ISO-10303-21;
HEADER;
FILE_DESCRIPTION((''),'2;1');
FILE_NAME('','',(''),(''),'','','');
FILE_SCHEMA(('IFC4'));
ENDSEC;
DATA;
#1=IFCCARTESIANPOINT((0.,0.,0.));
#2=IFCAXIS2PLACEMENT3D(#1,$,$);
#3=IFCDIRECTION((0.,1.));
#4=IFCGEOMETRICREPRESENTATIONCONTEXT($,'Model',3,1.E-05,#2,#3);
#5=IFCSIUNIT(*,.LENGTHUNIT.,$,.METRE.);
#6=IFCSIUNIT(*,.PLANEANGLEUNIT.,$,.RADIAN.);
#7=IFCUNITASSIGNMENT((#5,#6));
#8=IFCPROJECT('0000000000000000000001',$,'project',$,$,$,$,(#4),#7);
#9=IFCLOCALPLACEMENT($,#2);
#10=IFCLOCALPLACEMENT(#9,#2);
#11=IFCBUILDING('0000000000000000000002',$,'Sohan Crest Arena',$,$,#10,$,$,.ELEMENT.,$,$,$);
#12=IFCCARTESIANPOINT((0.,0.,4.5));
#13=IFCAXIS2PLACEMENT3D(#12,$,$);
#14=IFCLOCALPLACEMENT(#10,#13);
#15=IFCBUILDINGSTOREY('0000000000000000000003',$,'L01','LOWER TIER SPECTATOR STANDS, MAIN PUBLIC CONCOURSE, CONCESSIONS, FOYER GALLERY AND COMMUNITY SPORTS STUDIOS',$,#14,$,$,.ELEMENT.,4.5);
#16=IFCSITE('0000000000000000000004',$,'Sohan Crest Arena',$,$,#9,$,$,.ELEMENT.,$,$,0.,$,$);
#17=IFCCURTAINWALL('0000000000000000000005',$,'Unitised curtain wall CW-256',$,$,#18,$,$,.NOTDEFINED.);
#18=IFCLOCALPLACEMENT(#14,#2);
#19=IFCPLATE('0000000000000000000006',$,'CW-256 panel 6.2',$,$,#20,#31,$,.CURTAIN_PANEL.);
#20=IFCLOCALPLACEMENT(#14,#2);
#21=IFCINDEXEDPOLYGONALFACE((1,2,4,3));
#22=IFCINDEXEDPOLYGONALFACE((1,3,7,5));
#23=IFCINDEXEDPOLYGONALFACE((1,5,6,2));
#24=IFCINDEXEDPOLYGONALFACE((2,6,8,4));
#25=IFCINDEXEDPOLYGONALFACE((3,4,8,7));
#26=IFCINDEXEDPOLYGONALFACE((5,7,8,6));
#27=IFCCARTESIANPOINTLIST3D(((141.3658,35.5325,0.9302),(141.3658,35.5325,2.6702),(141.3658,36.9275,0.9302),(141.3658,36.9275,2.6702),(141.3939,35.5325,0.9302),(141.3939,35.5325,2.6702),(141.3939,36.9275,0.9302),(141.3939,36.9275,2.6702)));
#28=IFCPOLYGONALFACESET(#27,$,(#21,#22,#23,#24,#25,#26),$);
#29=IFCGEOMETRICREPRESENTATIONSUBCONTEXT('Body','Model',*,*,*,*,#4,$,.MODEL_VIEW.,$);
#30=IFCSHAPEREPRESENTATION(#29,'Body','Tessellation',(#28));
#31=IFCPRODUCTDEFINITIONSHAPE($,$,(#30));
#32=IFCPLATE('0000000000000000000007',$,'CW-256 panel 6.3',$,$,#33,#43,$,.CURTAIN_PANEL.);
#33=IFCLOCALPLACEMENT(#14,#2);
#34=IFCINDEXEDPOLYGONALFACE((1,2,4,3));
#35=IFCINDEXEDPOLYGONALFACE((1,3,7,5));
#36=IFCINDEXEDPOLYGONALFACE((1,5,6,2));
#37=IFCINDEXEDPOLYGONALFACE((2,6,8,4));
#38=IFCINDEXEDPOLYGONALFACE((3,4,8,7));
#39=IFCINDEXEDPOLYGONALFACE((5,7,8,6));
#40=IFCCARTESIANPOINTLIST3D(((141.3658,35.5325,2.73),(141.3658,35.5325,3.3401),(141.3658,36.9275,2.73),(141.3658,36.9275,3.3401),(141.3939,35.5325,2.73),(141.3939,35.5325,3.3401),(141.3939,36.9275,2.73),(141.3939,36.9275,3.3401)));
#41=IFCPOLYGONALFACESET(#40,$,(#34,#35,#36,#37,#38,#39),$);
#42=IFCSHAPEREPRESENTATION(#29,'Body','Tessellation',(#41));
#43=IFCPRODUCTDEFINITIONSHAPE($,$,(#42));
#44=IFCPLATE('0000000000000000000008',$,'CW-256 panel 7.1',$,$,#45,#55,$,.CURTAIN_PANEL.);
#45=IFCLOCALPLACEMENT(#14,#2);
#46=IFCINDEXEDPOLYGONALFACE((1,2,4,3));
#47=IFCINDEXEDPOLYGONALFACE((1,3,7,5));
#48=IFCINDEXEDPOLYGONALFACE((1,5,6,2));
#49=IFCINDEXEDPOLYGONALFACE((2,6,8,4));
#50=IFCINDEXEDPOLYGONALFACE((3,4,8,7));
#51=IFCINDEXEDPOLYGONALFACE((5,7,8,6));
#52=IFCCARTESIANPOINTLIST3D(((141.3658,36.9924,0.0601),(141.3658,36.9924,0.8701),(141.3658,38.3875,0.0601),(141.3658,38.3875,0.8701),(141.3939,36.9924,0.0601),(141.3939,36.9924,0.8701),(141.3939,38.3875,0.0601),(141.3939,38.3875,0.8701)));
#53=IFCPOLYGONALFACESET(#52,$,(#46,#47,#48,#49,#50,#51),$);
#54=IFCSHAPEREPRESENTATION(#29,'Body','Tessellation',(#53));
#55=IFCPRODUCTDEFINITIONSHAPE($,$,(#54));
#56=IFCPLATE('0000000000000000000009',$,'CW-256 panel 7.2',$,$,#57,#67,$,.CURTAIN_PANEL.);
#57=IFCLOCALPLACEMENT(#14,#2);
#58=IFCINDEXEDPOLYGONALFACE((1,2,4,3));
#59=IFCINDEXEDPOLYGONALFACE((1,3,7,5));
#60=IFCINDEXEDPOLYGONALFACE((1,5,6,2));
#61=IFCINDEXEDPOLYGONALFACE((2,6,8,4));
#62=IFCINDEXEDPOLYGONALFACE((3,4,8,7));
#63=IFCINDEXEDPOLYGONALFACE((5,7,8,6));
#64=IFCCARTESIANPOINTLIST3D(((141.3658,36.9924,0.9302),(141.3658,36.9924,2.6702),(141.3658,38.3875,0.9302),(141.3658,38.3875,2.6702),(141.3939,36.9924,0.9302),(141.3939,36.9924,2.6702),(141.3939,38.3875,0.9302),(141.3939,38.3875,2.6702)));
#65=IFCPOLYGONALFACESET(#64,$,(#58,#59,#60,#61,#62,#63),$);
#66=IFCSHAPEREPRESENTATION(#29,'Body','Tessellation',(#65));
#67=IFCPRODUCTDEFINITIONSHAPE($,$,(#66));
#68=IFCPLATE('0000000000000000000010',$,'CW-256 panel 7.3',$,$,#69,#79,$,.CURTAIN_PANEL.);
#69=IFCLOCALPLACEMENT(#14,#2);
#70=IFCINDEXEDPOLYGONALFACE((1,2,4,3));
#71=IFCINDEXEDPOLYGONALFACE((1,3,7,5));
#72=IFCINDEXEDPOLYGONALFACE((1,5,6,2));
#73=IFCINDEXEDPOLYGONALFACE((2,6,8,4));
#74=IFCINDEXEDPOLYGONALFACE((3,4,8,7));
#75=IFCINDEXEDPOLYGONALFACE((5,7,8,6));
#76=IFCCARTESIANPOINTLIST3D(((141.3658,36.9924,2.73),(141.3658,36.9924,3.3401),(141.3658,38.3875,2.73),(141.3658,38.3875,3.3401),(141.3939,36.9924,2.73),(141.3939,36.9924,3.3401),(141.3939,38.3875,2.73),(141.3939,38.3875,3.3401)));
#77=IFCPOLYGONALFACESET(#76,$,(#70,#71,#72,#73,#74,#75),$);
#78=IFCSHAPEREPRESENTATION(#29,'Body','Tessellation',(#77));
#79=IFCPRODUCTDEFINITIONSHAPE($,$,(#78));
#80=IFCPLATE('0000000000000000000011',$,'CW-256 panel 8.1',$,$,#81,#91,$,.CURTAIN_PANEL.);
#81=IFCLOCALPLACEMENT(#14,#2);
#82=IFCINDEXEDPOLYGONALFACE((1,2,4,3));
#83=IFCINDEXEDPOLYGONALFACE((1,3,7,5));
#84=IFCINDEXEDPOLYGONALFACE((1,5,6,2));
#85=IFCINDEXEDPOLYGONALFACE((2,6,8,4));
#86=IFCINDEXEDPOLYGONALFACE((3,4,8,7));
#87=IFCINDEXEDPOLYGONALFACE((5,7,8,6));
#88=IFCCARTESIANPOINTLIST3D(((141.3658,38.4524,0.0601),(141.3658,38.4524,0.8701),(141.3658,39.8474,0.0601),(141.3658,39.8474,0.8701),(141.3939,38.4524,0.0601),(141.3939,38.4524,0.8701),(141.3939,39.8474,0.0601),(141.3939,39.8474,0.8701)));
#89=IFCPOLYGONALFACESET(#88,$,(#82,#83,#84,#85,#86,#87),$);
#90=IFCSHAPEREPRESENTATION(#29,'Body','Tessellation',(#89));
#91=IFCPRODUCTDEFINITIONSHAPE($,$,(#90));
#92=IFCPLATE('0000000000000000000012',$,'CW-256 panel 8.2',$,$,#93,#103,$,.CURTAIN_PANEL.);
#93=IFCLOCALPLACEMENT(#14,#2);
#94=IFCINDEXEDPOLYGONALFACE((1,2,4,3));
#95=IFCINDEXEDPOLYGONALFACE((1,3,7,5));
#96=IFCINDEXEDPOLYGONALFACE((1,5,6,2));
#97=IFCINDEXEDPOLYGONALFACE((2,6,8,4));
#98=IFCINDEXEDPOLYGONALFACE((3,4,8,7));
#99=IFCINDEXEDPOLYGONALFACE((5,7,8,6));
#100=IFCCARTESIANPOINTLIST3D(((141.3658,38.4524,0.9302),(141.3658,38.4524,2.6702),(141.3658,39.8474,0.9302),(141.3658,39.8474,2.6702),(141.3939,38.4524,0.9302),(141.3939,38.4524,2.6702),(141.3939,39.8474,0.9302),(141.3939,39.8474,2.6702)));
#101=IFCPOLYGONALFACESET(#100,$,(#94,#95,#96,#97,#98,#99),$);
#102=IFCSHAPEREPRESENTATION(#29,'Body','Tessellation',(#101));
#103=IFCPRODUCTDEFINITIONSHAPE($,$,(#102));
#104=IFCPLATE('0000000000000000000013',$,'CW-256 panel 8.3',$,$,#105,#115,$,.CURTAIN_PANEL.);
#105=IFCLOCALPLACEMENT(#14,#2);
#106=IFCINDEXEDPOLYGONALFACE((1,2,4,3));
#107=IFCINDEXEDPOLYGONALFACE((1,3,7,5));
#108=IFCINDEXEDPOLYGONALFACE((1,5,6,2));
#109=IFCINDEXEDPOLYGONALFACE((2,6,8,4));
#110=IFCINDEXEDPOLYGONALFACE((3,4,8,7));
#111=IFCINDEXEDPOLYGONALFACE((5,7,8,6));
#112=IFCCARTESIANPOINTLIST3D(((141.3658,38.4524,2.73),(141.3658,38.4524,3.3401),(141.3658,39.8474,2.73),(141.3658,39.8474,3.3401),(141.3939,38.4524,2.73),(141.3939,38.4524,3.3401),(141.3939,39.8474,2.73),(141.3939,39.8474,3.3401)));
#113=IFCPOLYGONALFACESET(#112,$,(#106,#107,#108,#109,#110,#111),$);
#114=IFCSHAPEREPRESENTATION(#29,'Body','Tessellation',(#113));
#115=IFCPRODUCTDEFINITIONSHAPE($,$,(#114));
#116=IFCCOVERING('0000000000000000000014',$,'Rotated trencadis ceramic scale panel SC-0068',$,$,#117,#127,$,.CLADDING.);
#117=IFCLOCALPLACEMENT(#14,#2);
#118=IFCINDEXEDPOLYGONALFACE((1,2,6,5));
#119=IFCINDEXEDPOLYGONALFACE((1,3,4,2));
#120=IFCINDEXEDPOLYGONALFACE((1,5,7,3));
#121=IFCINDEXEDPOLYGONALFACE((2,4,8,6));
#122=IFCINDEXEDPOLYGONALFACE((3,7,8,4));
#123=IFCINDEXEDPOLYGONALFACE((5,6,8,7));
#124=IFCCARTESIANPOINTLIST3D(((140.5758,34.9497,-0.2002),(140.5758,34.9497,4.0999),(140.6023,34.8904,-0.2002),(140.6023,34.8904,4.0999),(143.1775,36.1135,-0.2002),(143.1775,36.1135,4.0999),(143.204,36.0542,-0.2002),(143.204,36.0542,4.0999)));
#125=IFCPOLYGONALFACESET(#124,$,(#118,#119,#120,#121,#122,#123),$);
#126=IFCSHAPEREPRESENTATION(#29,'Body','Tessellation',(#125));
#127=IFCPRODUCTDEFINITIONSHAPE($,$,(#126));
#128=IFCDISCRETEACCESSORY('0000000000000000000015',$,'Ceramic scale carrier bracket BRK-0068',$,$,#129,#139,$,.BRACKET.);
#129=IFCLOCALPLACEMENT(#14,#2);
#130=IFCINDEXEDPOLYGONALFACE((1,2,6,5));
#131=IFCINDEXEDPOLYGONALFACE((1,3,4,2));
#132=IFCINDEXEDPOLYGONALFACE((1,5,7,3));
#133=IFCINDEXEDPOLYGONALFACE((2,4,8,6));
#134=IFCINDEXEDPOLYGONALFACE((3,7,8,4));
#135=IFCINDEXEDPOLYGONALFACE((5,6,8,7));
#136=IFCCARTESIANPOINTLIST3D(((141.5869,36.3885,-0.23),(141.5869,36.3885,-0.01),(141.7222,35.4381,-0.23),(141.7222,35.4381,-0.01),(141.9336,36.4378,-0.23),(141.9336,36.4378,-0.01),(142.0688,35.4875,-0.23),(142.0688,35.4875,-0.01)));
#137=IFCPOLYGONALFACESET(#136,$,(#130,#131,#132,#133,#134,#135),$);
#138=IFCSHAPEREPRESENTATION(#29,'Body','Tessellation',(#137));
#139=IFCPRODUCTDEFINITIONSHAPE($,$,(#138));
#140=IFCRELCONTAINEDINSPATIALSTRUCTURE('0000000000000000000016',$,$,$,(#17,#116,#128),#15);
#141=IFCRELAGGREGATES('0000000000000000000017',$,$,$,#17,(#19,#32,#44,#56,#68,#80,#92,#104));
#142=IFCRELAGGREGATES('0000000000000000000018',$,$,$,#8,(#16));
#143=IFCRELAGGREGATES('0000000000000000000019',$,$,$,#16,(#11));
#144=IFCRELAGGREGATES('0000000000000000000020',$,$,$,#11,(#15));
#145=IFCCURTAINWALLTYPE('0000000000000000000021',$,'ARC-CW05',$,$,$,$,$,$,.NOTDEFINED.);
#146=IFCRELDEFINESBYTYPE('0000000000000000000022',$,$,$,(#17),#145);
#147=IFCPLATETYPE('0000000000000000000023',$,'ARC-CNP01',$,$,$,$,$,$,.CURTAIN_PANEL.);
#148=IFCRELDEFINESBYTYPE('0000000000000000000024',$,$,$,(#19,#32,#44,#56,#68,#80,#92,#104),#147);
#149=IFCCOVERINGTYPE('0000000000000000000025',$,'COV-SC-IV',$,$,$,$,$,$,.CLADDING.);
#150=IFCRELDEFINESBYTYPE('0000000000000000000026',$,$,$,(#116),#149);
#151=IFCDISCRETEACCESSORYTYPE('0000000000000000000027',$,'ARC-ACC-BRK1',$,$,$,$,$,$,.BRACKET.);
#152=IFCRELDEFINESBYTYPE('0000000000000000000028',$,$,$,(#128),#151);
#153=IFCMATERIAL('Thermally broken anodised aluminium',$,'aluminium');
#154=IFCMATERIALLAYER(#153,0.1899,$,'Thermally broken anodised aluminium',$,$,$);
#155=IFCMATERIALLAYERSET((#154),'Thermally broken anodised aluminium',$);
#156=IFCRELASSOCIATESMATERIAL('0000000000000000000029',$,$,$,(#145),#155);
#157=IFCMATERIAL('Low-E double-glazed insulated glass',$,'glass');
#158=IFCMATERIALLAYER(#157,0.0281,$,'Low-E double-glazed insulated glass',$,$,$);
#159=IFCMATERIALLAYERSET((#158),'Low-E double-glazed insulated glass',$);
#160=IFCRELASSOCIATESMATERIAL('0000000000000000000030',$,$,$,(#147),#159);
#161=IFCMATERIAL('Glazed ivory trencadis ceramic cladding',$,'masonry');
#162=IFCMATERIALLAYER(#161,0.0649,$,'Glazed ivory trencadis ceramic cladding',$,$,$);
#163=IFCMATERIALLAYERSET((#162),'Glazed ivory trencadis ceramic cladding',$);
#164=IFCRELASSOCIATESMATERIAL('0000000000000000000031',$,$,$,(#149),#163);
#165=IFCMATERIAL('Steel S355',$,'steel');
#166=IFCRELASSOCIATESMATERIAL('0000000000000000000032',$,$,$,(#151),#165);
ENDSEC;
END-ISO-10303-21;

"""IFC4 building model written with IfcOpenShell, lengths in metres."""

from ifc_helpers import new_model, si_unit, direction, frame, origin, origin_2d, place, context, subcontext, project, spatial, rectangle, extrude, material, layer, layer_set, type_object, element, aggregate, save


model = new_model("IFC4")

# Units and contexts
model_context = context("Model", 3, precision=1e-05, world=origin(), true_north=direction((0.0, 1.0)))
body_context = subcontext(model_context, "Body", "Model", "MODEL_VIEW")
ifc_project = project(units=[si_unit("LENGTHUNIT", "METRE"), si_unit("PLANEANGLEUNIT", "RADIAN")], contexts=[model_context])

# Site, building, storey
site_placement = place(None, origin())
site = spatial("IfcSite", under=ifc_project, at=site_placement, Name="Sohan Crest Arena", CompositionType="ELEMENT", RefElevation=0.0)
building_placement = place(site_placement, origin())
building = spatial("IfcBuilding", under=site, at=building_placement, Name="Sohan Crest Arena", CompositionType="ELEMENT")
storey_placement = place(building_placement, frame((0.0, 0.0, 4.5)))
storey = spatial("IfcBuildingStorey", under=building, at=storey_placement, Name="L01", Description="LOWER TIER SPECTATOR STANDS, MAIN PUBLIC CONCOURSE, CONCESSIONS, FOYER GALLERY AND COMMUNITY SPORTS STUDIOS", CompositionType="ELEMENT", Elevation=4.5)

# Shared definitions
ifc_material_1 = material(Name="Thermally broken anodised aluminium", Category="aluminium")
ifc_layer_1 = layer(ifc_material_1, 0.1899, Name="Thermally broken anodised aluminium")
ifc_layer_set_1 = layer_set([ifc_layer_1], Name="Thermally broken anodised aluminium")
curtain_wall_type = type_object("IfcCurtainWallType", Name="ARC-CW05", PredefinedType="NOTDEFINED", material=ifc_layer_set_1)

# Curtain wall
curtain_wall_1_placement = place(storey_placement, origin())
curtain_wall_1 = element("IfcCurtainWall", 1, at=curtain_wall_1_placement, inside=storey, type_object=curtain_wall_type, Name="Unitised curtain wall CW-256", PredefinedType="NOTDEFINED")

# Plates
ifc_material_2 = material(Name="Low-E double-glazed insulated glass", Category="glass")
ifc_layer_2 = layer(ifc_material_2, 0.0281, Name="Low-E double-glazed insulated glass")
ifc_layer_set_2 = layer_set([ifc_layer_2], Name="Low-E double-glazed insulated glass")
plate_type = type_object("IfcPlateType", Name="ARC-CNP01", PredefinedType="CURTAIN_PANEL", material=ifc_layer_set_2)
plate_1_placement = place(storey_placement, frame((141.3799, 36.23, 0.9302), z_axis=(0.0, 0.0, 1.0), x_axis=(0.0, 1.0, 0.0)))
plate_1 = element("IfcPlate", 2, at=plate_1_placement, type_object=plate_type, Name="CW-256 panel 6.2", PredefinedType="CURTAIN_PANEL", context=body_context, shape_type="SweptSolid", body=[
    extrude(rectangle(XDim=1.395, YDim=0.0281, at=origin_2d()), origin(), (0.0, 0.0, 1.0), 1.74),
])
plate_2_placement = place(storey_placement, frame((141.3799, 36.23, 2.73), z_axis=(0.0, 0.0, 1.0), x_axis=(0.0, 1.0, 0.0)))
plate_2 = element("IfcPlate", 3, at=plate_2_placement, type_object=plate_type, Name="CW-256 panel 6.3", PredefinedType="CURTAIN_PANEL", context=body_context, shape_type="SweptSolid", body=[
    extrude(rectangle(XDim=1.395, YDim=0.0281, at=origin_2d()), origin(), (0.0, 0.0, 1.0), 0.6101),
])
plate_3_placement = place(storey_placement, frame((141.3799, 37.6899, 0.0601), z_axis=(0.0, 0.0, 1.0), x_axis=(0.0, 1.0, 0.0)))
plate_3 = element("IfcPlate", 4, at=plate_3_placement, type_object=plate_type, Name="CW-256 panel 7.1", PredefinedType="CURTAIN_PANEL", context=body_context, shape_type="SweptSolid", body=[
    extrude(rectangle(XDim=1.395, YDim=0.0281, at=origin_2d()), origin(), (0.0, 0.0, 1.0), 0.8101),
])
plate_4_placement = place(storey_placement, frame((141.3799, 37.6899, 0.9302), z_axis=(0.0, 0.0, 1.0), x_axis=(0.0, 1.0, 0.0)))
plate_4 = element("IfcPlate", 5, at=plate_4_placement, type_object=plate_type, Name="CW-256 panel 7.2", PredefinedType="CURTAIN_PANEL", context=body_context, shape_type="SweptSolid", body=[
    extrude(rectangle(XDim=1.395, YDim=0.0281, at=origin_2d()), origin(), (0.0, 0.0, 1.0), 1.74),
])
plate_5_placement = place(storey_placement, frame((141.3799, 37.6899, 2.73), z_axis=(0.0, 0.0, 1.0), x_axis=(0.0, 1.0, 0.0)))
plate_5 = element("IfcPlate", 6, at=plate_5_placement, type_object=plate_type, Name="CW-256 panel 7.3", PredefinedType="CURTAIN_PANEL", context=body_context, shape_type="SweptSolid", body=[
    extrude(rectangle(XDim=1.395, YDim=0.0281, at=origin_2d()), origin(), (0.0, 0.0, 1.0), 0.6101),
])
plate_6_placement = place(storey_placement, frame((141.3799, 39.1499, 0.0601), z_axis=(0.0, 0.0, 1.0), x_axis=(0.0, 1.0, 0.0)))
plate_6 = element("IfcPlate", 7, at=plate_6_placement, type_object=plate_type, Name="CW-256 panel 8.1", PredefinedType="CURTAIN_PANEL", context=body_context, shape_type="SweptSolid", body=[
    extrude(rectangle(XDim=1.395, YDim=0.0281, at=origin_2d()), origin(), (0.0, 0.0, 1.0), 0.8101),
])
plate_7_placement = place(storey_placement, frame((141.3799, 39.1499, 0.9302), z_axis=(0.0, 0.0, 1.0), x_axis=(0.0, 1.0, 0.0)))
plate_7 = element("IfcPlate", 8, at=plate_7_placement, type_object=plate_type, Name="CW-256 panel 8.2", PredefinedType="CURTAIN_PANEL", context=body_context, shape_type="SweptSolid", body=[
    extrude(rectangle(XDim=1.395, YDim=0.0281, at=origin_2d()), origin(), (0.0, 0.0, 1.0), 1.74),
])
plate_8_placement = place(storey_placement, frame((141.3799, 39.1499, 2.73), z_axis=(0.0, 0.0, 1.0), x_axis=(0.0, 1.0, 0.0)))
plate_8 = element("IfcPlate", 9, at=plate_8_placement, type_object=plate_type, Name="CW-256 panel 8.3", PredefinedType="CURTAIN_PANEL", context=body_context, shape_type="SweptSolid", body=[
    extrude(rectangle(XDim=1.395, YDim=0.0281, at=origin_2d()), origin(), (0.0, 0.0, 1.0), 0.6101),
])
aggregate(curtain_wall_1, [plate_1, plate_2, plate_3, plate_4, plate_5, plate_6, plate_7, plate_8])

# Covering
ifc_material_3 = material(Name="Glazed ivory trencadis ceramic cladding", Category="masonry")
ifc_layer_3 = layer(ifc_material_3, 0.0649, Name="Glazed ivory trencadis ceramic cladding")
ifc_layer_set_3 = layer_set([ifc_layer_3], Name="Glazed ivory trencadis ceramic cladding")
covering_type = type_object("IfcCoveringType", Name="COV-SC-IV", PredefinedType="CLADDING", material=ifc_layer_set_3)
covering_placement = place(storey_placement, frame((141.8899, 35.502, -0.2002), z_axis=(0.0, 0.0, 1.0), x_axis=(0.912834, 0.40833, 0.0)))
element("IfcCovering", 10, at=covering_placement, inside=storey, type_object=covering_type, Name="Rotated trencadis ceramic scale panel SC-0068", PredefinedType="CLADDING", context=body_context, shape_type="SweptSolid", body=[
    extrude(rectangle(XDim=2.8501, YDim=0.0649, at=origin_2d()), origin(), (0.0, 0.0, 1.0), 4.3),
])

# Discrete accessory
ifc_material_4 = material(Name="Steel S355", Category="steel")
discrete_accessory_type = type_object("IfcDiscreteAccessoryType", Name="ARC-ACC-BRK1", PredefinedType="BRACKET", material=ifc_material_4)
discrete_accessory_placement = place(storey_placement, frame((141.8279, 35.938, -0.23), z_axis=(0.0, 0.0, 1.0), x_axis=(0.990024, 0.140901, 0.0)))
element("IfcDiscreteAccessory", 11, at=discrete_accessory_placement, inside=storey, type_object=discrete_accessory_type, Name="Ceramic scale carrier bracket BRK-0068", PredefinedType="BRACKET", context=body_context, shape_type="SweptSolid", body=[
    extrude(rectangle(XDim=0.3501, YDim=0.96, at=origin_2d()), origin(), (0.0, 0.0, 1.0), 0.22),
])

save(model, "model.ifc")
